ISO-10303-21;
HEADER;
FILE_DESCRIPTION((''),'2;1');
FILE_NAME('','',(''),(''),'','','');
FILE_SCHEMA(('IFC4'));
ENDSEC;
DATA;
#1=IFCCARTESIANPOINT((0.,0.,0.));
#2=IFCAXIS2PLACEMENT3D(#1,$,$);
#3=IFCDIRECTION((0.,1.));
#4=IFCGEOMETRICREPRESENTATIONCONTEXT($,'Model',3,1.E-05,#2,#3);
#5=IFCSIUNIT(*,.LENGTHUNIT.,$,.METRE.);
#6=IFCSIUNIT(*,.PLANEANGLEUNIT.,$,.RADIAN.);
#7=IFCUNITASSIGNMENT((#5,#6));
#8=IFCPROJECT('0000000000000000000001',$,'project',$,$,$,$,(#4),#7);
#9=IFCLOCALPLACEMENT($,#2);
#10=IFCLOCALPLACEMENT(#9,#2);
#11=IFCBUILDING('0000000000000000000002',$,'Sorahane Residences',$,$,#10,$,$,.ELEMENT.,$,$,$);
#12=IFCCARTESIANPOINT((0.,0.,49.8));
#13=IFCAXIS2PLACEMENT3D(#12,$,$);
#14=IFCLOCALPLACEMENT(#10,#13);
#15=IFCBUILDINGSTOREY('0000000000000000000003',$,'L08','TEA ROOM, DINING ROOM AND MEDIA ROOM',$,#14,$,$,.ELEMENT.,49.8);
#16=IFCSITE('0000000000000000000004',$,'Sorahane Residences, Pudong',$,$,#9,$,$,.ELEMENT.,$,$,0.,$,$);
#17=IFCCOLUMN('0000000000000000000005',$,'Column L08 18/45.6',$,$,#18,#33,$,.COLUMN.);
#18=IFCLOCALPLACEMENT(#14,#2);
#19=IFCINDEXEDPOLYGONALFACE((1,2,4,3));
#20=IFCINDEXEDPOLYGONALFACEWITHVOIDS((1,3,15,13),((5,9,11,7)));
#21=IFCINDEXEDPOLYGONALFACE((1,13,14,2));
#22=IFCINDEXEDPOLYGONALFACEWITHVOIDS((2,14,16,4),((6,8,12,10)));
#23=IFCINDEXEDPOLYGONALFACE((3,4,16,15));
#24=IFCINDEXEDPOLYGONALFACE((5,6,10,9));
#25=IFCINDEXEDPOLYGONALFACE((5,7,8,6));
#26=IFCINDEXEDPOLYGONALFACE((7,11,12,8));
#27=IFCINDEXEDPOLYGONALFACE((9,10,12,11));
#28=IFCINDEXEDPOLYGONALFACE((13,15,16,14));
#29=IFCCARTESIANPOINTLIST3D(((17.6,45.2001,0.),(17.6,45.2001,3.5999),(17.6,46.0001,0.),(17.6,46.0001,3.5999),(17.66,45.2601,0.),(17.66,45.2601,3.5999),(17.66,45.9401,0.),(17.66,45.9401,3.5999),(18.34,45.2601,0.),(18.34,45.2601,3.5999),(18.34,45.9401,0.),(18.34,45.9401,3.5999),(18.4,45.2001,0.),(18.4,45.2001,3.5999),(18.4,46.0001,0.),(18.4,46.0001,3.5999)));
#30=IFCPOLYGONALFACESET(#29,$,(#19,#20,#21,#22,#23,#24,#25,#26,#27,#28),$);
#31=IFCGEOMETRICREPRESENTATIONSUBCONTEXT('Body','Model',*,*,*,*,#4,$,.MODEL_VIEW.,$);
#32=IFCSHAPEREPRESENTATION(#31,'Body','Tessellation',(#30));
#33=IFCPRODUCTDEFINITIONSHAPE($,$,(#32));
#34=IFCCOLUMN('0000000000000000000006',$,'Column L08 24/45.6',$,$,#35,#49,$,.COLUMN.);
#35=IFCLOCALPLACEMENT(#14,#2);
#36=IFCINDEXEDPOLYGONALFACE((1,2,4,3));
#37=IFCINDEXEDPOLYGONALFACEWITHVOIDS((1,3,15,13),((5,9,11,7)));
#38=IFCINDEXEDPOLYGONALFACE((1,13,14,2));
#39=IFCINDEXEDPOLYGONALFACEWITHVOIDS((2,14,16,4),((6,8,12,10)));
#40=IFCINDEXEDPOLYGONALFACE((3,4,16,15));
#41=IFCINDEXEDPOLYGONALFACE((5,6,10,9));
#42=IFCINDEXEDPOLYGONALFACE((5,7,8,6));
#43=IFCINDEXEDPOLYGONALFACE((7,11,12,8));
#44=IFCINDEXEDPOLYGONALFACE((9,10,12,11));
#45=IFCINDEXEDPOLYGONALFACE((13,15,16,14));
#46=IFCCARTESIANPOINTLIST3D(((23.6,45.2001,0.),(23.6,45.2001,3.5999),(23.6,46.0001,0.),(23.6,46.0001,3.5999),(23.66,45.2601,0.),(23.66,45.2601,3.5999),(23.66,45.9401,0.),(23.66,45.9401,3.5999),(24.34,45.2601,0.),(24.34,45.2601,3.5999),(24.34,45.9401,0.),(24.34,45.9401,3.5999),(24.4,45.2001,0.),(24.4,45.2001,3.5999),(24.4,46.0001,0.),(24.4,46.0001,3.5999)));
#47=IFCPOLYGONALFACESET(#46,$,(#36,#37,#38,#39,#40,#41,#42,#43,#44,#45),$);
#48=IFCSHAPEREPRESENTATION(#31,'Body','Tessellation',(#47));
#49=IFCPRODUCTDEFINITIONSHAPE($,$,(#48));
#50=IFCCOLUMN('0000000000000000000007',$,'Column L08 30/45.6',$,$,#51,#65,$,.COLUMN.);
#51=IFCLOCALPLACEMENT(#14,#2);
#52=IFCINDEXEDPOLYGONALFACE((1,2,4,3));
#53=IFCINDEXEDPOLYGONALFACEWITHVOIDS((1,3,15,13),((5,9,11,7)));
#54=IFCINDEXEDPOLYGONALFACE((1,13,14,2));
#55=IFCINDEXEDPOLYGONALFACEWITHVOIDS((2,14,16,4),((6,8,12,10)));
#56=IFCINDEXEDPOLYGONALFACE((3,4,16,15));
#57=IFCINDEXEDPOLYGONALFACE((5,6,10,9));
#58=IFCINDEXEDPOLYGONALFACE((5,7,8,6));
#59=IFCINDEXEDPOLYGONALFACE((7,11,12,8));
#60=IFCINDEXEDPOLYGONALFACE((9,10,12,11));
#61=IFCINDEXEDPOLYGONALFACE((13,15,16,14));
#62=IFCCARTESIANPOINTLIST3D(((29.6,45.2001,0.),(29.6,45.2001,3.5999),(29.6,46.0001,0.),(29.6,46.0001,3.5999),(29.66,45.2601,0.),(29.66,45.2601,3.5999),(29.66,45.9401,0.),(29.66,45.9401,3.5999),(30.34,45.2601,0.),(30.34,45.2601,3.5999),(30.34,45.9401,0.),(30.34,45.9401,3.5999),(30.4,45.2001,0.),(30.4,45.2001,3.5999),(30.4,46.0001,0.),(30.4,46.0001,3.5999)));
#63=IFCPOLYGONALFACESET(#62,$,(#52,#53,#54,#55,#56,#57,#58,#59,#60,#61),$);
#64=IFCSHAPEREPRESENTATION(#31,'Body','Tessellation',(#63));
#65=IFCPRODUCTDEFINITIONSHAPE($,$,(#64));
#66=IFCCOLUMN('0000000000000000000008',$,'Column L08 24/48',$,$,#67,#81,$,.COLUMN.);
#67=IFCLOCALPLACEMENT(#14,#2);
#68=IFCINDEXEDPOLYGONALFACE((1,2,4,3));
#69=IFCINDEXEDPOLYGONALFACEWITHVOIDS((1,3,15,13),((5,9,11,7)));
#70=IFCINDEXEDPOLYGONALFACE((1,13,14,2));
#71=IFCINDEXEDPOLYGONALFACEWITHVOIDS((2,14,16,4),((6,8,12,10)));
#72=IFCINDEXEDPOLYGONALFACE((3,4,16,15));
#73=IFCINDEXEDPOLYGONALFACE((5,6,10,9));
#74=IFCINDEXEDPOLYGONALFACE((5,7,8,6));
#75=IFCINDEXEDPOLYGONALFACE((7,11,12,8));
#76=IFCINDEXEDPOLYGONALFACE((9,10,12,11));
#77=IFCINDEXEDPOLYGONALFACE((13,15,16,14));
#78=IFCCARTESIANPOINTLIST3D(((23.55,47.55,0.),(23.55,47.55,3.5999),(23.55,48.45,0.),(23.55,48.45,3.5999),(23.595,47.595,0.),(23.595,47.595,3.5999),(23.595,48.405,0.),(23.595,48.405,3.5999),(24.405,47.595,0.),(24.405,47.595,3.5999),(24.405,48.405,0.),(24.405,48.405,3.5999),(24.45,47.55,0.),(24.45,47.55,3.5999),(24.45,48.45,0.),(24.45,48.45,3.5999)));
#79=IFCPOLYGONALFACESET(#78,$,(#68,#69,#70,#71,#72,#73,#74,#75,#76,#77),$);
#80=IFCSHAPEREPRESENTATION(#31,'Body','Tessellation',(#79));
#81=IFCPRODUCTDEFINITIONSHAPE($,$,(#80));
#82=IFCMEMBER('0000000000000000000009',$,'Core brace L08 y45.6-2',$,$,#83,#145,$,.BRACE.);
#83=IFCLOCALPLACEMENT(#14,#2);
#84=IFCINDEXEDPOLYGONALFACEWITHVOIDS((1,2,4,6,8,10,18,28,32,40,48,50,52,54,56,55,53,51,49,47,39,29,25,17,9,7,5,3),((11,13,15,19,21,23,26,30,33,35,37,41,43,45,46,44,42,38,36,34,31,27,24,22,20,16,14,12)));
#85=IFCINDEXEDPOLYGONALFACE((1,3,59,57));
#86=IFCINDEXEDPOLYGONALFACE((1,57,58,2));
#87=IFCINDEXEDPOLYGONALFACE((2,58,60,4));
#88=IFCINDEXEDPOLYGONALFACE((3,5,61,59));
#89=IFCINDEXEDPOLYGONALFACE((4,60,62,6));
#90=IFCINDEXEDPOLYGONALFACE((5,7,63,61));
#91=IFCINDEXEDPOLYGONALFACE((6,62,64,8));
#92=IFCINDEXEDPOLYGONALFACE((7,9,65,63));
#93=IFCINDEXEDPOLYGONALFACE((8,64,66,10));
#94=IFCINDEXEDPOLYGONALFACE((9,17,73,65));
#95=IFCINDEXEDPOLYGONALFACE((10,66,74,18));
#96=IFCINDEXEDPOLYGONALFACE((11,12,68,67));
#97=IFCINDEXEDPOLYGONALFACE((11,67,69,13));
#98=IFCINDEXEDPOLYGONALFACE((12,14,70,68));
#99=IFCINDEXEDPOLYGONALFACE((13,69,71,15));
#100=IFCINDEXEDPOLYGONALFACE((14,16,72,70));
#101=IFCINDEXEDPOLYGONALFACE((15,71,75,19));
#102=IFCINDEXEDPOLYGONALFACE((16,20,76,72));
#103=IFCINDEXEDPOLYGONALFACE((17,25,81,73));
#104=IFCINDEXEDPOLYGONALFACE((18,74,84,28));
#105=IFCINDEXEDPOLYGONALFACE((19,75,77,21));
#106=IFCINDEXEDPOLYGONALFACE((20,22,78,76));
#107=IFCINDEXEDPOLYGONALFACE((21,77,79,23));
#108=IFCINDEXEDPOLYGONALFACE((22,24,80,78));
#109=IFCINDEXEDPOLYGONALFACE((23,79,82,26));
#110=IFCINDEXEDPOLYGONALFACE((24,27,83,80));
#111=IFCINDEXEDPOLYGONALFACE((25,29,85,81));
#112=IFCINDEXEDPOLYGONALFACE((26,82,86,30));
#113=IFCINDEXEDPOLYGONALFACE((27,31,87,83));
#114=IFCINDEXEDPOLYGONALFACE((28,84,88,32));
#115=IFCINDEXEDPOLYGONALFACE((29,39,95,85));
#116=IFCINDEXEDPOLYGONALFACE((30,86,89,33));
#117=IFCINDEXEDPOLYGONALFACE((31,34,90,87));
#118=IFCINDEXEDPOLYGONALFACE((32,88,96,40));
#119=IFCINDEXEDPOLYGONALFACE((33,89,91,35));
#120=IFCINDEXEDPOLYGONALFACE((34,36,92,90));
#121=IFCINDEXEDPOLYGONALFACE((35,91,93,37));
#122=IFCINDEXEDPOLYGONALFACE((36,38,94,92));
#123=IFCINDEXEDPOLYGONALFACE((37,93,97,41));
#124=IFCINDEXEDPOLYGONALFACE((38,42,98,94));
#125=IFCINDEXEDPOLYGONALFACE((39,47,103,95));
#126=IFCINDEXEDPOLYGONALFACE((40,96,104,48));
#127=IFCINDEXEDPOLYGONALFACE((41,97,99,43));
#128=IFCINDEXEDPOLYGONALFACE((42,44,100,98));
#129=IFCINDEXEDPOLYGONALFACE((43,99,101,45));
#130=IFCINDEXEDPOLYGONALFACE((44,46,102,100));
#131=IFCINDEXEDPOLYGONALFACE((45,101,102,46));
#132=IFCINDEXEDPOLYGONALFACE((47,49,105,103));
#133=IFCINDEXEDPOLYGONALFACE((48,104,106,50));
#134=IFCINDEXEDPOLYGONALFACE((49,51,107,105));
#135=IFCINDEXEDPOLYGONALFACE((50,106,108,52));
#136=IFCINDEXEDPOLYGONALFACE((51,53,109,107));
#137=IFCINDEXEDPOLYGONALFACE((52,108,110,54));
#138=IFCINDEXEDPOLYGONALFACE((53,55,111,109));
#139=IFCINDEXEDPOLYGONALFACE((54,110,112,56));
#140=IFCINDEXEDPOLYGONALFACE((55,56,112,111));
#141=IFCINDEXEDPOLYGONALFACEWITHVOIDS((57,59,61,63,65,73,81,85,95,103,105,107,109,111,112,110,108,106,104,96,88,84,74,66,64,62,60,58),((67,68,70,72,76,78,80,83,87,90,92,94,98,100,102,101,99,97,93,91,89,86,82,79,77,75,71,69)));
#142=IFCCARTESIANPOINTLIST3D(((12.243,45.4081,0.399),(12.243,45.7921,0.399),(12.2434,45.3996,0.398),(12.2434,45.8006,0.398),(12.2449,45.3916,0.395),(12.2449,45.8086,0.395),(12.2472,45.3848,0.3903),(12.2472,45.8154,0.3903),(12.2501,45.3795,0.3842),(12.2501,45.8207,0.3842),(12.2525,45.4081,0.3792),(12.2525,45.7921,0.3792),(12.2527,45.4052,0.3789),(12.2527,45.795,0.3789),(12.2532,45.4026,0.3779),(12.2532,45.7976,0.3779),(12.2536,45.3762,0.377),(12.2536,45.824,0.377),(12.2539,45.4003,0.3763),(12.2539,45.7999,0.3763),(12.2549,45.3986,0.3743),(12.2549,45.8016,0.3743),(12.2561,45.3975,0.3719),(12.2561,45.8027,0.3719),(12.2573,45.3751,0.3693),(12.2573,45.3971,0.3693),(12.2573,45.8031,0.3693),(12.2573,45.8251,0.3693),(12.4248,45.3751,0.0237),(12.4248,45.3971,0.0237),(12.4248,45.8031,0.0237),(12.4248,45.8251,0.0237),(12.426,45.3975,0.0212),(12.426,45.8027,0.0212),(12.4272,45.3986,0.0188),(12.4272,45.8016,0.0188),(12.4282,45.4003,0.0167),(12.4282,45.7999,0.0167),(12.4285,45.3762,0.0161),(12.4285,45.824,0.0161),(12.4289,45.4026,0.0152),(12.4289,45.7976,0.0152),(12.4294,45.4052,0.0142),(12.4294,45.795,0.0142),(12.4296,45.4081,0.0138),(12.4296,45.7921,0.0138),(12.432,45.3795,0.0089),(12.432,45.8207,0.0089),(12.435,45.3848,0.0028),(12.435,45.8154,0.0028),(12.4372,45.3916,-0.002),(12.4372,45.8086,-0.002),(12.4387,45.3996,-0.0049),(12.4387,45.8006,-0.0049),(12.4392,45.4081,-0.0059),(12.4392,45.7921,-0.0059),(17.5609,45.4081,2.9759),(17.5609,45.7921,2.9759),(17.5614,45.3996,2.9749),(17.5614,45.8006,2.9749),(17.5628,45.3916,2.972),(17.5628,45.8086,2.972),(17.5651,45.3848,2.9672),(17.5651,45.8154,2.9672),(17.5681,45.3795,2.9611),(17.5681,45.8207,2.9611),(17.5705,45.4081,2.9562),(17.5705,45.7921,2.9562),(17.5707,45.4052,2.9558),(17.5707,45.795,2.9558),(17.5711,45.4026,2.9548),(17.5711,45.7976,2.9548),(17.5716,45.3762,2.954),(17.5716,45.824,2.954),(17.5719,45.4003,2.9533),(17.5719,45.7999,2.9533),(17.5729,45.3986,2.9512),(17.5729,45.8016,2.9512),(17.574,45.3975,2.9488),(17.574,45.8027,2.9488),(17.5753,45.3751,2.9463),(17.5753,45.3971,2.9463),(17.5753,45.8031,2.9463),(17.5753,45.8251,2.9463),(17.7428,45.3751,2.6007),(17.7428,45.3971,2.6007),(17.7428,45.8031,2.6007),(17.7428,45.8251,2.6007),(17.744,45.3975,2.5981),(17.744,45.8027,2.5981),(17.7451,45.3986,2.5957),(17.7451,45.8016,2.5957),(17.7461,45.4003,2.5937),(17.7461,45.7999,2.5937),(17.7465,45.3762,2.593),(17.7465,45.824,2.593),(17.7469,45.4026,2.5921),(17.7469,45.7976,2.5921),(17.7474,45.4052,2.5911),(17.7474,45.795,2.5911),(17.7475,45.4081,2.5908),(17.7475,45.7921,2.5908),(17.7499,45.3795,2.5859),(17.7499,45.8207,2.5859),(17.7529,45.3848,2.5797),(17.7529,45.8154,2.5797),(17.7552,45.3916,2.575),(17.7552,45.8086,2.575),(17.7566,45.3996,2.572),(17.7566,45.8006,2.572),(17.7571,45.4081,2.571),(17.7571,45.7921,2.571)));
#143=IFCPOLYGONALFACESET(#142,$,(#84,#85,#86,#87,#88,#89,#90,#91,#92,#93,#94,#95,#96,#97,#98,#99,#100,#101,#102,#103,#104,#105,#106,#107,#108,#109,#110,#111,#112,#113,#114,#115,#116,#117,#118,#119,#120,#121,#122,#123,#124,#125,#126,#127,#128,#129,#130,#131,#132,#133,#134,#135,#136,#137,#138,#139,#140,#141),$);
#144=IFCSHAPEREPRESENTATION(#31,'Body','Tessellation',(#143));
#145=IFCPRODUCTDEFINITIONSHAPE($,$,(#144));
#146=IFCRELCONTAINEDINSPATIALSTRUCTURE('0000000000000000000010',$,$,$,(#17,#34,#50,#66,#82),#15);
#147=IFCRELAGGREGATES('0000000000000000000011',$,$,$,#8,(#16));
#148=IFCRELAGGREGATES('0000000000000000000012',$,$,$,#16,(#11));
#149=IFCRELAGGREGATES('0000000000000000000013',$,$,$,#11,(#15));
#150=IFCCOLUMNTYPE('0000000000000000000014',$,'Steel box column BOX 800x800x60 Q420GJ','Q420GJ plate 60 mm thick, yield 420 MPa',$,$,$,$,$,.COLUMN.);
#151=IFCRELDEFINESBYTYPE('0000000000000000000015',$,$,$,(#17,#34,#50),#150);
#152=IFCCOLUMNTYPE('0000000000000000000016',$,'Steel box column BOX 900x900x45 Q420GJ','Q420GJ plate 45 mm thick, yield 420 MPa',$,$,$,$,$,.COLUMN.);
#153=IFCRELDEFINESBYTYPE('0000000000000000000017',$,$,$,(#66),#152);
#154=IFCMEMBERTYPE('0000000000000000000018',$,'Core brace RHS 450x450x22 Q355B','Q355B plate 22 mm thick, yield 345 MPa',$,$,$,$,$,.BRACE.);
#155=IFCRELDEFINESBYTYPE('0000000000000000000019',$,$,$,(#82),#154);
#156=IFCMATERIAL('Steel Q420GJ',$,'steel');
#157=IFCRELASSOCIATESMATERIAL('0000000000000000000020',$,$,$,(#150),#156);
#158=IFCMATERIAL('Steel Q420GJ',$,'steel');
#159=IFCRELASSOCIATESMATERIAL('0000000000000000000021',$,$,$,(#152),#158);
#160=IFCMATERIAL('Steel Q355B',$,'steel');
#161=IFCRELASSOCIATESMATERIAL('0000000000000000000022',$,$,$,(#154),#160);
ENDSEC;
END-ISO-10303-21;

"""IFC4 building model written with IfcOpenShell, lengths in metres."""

from ifc_helpers import new_model, si_unit, direction, frame, origin, origin_2d, place, context, subcontext, project, spatial, hollow_rectangle, extrude, material, material_profile, profile_set, type_object, element, save


model = new_model("IFC4")

# Units and contexts
model_context = context("Model", 3, precision=1e-05, world=origin(), true_north=direction((0.0, 1.0)))
body_context = subcontext(model_context, "Body", "Model", "MODEL_VIEW")
ifc_project = project(units=[si_unit("LENGTHUNIT", "METRE"), si_unit("PLANEANGLEUNIT", "RADIAN")], contexts=[model_context])

# Site, building, storey
site_placement = place(None, origin())
site = spatial("IfcSite", under=ifc_project, at=site_placement, Name="Sorahane Residences, Pudong", CompositionType="ELEMENT", RefElevation=0.0)
building_placement = place(site_placement, origin())
building = spatial("IfcBuilding", under=site, at=building_placement, Name="Sorahane Residences", CompositionType="ELEMENT")
storey_placement = place(building_placement, frame((0.0, 0.0, 49.8)))
storey = spatial("IfcBuildingStorey", under=building, at=storey_placement, Name="L08", Description="TEA ROOM, DINING ROOM AND MEDIA ROOM", CompositionType="ELEMENT", Elevation=49.8)

# Columns
ifc_material_1 = material(Name="Steel Q420GJ", Category="steel")
ifc_material_profile_1 = material_profile(ifc_material_1, hollow_rectangle(XDim=0.8, YDim=0.8, WallThickness=0.0601, at=origin_2d()), Name="BOX 800x800x60")
ifc_profile_set_1 = profile_set([ifc_material_profile_1], Name="Steel Q420GJ")
column_type_1 = type_object("IfcColumnType", Name="Steel box column BOX 800x800x60 Q420GJ", Description="Q420GJ plate 60 mm thick, yield 420 MPa", PredefinedType="COLUMN", material=ifc_profile_set_1)
for number, where, z_axis, x_axis, name in (
    (1, (18.0, 45.6001, 0.0), (0.0, 0.0, 1.0), (1.0, 0.0, 0.0), "Column L08 18/45.6"),
    (2, (24.0, 45.6001, 0.0), (0.0, 0.0, 1.0), (1.0, 0.0, 0.0), "Column L08 24/45.6"),
    (3, (30.0, 45.6001, 0.0), (0.0, 0.0, 1.0), (1.0, 0.0, 0.0), "Column L08 30/45.6"),
):
    element("IfcColumn", number, at=place(storey_placement, frame(where, z_axis=z_axis, x_axis=x_axis)), inside=storey, type_object=column_type_1, Name=name, PredefinedType="COLUMN", context=body_context, shape_type="SweptSolid", body=[
        extrude(hollow_rectangle(XDim=0.8, YDim=0.8, WallThickness=0.0601, at=origin_2d()), origin(), (0.0, 0.0, 1.0), 3.5999),
    ])
ifc_material_2 = material(Name="Steel Q420GJ", Category="steel")
ifc_material_profile_2 = material_profile(ifc_material_2, hollow_rectangle(XDim=0.8999, YDim=0.8999, WallThickness=0.0449, at=origin_2d()), Name="BOX 900x900x45")
ifc_profile_set_2 = profile_set([ifc_material_profile_2], Name="Steel Q420GJ")
column_type_2 = type_object("IfcColumnType", Name="Steel box column BOX 900x900x45 Q420GJ", Description="Q420GJ plate 45 mm thick, yield 420 MPa", PredefinedType="COLUMN", material=ifc_profile_set_2)
column_placement = place(storey_placement, frame((24.0, 48.0, 0.0), z_axis=(0.0, 0.0, 1.0), x_axis=(1.0, 0.0, 0.0)))
element("IfcColumn", 4, at=column_placement, inside=storey, type_object=column_type_2, Name="Column L08 24/48", PredefinedType="COLUMN", context=body_context, shape_type="SweptSolid", body=[
    extrude(hollow_rectangle(XDim=0.8999, YDim=0.8999, WallThickness=0.0449, at=origin_2d()), origin(), (0.0, 0.0, 1.0), 3.5999),
])

# Member
ifc_material_3 = material(Name="Steel Q355B", Category="steel")
ifc_material_profile_3 = material_profile(ifc_material_3, hollow_rectangle(XDim=0.45, YDim=0.45, WallThickness=0.022, InnerFilletRadius=0.011, OuterFilletRadius=0.033, at=origin_2d()), Name="RHS 450x450x22")
ifc_profile_set_3 = profile_set([ifc_material_profile_3], Name="Steel Q355B")
member_type_1 = type_object("IfcMemberType", Name="Core brace RHS 450x450x22 Q355B", Description="Q355B plate 22 mm thick, yield 345 MPa", PredefinedType="BRACE", material=ifc_profile_set_3)
for number, where, z_axis, x_axis, name in (
    (5, (12.3411, 45.6001, 0.1965), (0.899911, 0.0, 0.436074), (0.0, 1.0, 0.0), "Core brace L08 y45.6-2"),
):
    element("IfcMember", number, at=place(storey_placement, frame(where, z_axis=z_axis, x_axis=x_axis)), inside=storey, type_object=member_type_1, Name=name, PredefinedType="BRACE", context=body_context, shape_type="SweptSolid", body=[
        extrude(hollow_rectangle(XDim=0.45, YDim=0.45, WallThickness=0.022, InnerFilletRadius=0.011, OuterFilletRadius=0.033, at=origin_2d()), origin(), (0.0, 0.0, 1.0), 5.9094),
    ])

save(model, "model.ifc")
